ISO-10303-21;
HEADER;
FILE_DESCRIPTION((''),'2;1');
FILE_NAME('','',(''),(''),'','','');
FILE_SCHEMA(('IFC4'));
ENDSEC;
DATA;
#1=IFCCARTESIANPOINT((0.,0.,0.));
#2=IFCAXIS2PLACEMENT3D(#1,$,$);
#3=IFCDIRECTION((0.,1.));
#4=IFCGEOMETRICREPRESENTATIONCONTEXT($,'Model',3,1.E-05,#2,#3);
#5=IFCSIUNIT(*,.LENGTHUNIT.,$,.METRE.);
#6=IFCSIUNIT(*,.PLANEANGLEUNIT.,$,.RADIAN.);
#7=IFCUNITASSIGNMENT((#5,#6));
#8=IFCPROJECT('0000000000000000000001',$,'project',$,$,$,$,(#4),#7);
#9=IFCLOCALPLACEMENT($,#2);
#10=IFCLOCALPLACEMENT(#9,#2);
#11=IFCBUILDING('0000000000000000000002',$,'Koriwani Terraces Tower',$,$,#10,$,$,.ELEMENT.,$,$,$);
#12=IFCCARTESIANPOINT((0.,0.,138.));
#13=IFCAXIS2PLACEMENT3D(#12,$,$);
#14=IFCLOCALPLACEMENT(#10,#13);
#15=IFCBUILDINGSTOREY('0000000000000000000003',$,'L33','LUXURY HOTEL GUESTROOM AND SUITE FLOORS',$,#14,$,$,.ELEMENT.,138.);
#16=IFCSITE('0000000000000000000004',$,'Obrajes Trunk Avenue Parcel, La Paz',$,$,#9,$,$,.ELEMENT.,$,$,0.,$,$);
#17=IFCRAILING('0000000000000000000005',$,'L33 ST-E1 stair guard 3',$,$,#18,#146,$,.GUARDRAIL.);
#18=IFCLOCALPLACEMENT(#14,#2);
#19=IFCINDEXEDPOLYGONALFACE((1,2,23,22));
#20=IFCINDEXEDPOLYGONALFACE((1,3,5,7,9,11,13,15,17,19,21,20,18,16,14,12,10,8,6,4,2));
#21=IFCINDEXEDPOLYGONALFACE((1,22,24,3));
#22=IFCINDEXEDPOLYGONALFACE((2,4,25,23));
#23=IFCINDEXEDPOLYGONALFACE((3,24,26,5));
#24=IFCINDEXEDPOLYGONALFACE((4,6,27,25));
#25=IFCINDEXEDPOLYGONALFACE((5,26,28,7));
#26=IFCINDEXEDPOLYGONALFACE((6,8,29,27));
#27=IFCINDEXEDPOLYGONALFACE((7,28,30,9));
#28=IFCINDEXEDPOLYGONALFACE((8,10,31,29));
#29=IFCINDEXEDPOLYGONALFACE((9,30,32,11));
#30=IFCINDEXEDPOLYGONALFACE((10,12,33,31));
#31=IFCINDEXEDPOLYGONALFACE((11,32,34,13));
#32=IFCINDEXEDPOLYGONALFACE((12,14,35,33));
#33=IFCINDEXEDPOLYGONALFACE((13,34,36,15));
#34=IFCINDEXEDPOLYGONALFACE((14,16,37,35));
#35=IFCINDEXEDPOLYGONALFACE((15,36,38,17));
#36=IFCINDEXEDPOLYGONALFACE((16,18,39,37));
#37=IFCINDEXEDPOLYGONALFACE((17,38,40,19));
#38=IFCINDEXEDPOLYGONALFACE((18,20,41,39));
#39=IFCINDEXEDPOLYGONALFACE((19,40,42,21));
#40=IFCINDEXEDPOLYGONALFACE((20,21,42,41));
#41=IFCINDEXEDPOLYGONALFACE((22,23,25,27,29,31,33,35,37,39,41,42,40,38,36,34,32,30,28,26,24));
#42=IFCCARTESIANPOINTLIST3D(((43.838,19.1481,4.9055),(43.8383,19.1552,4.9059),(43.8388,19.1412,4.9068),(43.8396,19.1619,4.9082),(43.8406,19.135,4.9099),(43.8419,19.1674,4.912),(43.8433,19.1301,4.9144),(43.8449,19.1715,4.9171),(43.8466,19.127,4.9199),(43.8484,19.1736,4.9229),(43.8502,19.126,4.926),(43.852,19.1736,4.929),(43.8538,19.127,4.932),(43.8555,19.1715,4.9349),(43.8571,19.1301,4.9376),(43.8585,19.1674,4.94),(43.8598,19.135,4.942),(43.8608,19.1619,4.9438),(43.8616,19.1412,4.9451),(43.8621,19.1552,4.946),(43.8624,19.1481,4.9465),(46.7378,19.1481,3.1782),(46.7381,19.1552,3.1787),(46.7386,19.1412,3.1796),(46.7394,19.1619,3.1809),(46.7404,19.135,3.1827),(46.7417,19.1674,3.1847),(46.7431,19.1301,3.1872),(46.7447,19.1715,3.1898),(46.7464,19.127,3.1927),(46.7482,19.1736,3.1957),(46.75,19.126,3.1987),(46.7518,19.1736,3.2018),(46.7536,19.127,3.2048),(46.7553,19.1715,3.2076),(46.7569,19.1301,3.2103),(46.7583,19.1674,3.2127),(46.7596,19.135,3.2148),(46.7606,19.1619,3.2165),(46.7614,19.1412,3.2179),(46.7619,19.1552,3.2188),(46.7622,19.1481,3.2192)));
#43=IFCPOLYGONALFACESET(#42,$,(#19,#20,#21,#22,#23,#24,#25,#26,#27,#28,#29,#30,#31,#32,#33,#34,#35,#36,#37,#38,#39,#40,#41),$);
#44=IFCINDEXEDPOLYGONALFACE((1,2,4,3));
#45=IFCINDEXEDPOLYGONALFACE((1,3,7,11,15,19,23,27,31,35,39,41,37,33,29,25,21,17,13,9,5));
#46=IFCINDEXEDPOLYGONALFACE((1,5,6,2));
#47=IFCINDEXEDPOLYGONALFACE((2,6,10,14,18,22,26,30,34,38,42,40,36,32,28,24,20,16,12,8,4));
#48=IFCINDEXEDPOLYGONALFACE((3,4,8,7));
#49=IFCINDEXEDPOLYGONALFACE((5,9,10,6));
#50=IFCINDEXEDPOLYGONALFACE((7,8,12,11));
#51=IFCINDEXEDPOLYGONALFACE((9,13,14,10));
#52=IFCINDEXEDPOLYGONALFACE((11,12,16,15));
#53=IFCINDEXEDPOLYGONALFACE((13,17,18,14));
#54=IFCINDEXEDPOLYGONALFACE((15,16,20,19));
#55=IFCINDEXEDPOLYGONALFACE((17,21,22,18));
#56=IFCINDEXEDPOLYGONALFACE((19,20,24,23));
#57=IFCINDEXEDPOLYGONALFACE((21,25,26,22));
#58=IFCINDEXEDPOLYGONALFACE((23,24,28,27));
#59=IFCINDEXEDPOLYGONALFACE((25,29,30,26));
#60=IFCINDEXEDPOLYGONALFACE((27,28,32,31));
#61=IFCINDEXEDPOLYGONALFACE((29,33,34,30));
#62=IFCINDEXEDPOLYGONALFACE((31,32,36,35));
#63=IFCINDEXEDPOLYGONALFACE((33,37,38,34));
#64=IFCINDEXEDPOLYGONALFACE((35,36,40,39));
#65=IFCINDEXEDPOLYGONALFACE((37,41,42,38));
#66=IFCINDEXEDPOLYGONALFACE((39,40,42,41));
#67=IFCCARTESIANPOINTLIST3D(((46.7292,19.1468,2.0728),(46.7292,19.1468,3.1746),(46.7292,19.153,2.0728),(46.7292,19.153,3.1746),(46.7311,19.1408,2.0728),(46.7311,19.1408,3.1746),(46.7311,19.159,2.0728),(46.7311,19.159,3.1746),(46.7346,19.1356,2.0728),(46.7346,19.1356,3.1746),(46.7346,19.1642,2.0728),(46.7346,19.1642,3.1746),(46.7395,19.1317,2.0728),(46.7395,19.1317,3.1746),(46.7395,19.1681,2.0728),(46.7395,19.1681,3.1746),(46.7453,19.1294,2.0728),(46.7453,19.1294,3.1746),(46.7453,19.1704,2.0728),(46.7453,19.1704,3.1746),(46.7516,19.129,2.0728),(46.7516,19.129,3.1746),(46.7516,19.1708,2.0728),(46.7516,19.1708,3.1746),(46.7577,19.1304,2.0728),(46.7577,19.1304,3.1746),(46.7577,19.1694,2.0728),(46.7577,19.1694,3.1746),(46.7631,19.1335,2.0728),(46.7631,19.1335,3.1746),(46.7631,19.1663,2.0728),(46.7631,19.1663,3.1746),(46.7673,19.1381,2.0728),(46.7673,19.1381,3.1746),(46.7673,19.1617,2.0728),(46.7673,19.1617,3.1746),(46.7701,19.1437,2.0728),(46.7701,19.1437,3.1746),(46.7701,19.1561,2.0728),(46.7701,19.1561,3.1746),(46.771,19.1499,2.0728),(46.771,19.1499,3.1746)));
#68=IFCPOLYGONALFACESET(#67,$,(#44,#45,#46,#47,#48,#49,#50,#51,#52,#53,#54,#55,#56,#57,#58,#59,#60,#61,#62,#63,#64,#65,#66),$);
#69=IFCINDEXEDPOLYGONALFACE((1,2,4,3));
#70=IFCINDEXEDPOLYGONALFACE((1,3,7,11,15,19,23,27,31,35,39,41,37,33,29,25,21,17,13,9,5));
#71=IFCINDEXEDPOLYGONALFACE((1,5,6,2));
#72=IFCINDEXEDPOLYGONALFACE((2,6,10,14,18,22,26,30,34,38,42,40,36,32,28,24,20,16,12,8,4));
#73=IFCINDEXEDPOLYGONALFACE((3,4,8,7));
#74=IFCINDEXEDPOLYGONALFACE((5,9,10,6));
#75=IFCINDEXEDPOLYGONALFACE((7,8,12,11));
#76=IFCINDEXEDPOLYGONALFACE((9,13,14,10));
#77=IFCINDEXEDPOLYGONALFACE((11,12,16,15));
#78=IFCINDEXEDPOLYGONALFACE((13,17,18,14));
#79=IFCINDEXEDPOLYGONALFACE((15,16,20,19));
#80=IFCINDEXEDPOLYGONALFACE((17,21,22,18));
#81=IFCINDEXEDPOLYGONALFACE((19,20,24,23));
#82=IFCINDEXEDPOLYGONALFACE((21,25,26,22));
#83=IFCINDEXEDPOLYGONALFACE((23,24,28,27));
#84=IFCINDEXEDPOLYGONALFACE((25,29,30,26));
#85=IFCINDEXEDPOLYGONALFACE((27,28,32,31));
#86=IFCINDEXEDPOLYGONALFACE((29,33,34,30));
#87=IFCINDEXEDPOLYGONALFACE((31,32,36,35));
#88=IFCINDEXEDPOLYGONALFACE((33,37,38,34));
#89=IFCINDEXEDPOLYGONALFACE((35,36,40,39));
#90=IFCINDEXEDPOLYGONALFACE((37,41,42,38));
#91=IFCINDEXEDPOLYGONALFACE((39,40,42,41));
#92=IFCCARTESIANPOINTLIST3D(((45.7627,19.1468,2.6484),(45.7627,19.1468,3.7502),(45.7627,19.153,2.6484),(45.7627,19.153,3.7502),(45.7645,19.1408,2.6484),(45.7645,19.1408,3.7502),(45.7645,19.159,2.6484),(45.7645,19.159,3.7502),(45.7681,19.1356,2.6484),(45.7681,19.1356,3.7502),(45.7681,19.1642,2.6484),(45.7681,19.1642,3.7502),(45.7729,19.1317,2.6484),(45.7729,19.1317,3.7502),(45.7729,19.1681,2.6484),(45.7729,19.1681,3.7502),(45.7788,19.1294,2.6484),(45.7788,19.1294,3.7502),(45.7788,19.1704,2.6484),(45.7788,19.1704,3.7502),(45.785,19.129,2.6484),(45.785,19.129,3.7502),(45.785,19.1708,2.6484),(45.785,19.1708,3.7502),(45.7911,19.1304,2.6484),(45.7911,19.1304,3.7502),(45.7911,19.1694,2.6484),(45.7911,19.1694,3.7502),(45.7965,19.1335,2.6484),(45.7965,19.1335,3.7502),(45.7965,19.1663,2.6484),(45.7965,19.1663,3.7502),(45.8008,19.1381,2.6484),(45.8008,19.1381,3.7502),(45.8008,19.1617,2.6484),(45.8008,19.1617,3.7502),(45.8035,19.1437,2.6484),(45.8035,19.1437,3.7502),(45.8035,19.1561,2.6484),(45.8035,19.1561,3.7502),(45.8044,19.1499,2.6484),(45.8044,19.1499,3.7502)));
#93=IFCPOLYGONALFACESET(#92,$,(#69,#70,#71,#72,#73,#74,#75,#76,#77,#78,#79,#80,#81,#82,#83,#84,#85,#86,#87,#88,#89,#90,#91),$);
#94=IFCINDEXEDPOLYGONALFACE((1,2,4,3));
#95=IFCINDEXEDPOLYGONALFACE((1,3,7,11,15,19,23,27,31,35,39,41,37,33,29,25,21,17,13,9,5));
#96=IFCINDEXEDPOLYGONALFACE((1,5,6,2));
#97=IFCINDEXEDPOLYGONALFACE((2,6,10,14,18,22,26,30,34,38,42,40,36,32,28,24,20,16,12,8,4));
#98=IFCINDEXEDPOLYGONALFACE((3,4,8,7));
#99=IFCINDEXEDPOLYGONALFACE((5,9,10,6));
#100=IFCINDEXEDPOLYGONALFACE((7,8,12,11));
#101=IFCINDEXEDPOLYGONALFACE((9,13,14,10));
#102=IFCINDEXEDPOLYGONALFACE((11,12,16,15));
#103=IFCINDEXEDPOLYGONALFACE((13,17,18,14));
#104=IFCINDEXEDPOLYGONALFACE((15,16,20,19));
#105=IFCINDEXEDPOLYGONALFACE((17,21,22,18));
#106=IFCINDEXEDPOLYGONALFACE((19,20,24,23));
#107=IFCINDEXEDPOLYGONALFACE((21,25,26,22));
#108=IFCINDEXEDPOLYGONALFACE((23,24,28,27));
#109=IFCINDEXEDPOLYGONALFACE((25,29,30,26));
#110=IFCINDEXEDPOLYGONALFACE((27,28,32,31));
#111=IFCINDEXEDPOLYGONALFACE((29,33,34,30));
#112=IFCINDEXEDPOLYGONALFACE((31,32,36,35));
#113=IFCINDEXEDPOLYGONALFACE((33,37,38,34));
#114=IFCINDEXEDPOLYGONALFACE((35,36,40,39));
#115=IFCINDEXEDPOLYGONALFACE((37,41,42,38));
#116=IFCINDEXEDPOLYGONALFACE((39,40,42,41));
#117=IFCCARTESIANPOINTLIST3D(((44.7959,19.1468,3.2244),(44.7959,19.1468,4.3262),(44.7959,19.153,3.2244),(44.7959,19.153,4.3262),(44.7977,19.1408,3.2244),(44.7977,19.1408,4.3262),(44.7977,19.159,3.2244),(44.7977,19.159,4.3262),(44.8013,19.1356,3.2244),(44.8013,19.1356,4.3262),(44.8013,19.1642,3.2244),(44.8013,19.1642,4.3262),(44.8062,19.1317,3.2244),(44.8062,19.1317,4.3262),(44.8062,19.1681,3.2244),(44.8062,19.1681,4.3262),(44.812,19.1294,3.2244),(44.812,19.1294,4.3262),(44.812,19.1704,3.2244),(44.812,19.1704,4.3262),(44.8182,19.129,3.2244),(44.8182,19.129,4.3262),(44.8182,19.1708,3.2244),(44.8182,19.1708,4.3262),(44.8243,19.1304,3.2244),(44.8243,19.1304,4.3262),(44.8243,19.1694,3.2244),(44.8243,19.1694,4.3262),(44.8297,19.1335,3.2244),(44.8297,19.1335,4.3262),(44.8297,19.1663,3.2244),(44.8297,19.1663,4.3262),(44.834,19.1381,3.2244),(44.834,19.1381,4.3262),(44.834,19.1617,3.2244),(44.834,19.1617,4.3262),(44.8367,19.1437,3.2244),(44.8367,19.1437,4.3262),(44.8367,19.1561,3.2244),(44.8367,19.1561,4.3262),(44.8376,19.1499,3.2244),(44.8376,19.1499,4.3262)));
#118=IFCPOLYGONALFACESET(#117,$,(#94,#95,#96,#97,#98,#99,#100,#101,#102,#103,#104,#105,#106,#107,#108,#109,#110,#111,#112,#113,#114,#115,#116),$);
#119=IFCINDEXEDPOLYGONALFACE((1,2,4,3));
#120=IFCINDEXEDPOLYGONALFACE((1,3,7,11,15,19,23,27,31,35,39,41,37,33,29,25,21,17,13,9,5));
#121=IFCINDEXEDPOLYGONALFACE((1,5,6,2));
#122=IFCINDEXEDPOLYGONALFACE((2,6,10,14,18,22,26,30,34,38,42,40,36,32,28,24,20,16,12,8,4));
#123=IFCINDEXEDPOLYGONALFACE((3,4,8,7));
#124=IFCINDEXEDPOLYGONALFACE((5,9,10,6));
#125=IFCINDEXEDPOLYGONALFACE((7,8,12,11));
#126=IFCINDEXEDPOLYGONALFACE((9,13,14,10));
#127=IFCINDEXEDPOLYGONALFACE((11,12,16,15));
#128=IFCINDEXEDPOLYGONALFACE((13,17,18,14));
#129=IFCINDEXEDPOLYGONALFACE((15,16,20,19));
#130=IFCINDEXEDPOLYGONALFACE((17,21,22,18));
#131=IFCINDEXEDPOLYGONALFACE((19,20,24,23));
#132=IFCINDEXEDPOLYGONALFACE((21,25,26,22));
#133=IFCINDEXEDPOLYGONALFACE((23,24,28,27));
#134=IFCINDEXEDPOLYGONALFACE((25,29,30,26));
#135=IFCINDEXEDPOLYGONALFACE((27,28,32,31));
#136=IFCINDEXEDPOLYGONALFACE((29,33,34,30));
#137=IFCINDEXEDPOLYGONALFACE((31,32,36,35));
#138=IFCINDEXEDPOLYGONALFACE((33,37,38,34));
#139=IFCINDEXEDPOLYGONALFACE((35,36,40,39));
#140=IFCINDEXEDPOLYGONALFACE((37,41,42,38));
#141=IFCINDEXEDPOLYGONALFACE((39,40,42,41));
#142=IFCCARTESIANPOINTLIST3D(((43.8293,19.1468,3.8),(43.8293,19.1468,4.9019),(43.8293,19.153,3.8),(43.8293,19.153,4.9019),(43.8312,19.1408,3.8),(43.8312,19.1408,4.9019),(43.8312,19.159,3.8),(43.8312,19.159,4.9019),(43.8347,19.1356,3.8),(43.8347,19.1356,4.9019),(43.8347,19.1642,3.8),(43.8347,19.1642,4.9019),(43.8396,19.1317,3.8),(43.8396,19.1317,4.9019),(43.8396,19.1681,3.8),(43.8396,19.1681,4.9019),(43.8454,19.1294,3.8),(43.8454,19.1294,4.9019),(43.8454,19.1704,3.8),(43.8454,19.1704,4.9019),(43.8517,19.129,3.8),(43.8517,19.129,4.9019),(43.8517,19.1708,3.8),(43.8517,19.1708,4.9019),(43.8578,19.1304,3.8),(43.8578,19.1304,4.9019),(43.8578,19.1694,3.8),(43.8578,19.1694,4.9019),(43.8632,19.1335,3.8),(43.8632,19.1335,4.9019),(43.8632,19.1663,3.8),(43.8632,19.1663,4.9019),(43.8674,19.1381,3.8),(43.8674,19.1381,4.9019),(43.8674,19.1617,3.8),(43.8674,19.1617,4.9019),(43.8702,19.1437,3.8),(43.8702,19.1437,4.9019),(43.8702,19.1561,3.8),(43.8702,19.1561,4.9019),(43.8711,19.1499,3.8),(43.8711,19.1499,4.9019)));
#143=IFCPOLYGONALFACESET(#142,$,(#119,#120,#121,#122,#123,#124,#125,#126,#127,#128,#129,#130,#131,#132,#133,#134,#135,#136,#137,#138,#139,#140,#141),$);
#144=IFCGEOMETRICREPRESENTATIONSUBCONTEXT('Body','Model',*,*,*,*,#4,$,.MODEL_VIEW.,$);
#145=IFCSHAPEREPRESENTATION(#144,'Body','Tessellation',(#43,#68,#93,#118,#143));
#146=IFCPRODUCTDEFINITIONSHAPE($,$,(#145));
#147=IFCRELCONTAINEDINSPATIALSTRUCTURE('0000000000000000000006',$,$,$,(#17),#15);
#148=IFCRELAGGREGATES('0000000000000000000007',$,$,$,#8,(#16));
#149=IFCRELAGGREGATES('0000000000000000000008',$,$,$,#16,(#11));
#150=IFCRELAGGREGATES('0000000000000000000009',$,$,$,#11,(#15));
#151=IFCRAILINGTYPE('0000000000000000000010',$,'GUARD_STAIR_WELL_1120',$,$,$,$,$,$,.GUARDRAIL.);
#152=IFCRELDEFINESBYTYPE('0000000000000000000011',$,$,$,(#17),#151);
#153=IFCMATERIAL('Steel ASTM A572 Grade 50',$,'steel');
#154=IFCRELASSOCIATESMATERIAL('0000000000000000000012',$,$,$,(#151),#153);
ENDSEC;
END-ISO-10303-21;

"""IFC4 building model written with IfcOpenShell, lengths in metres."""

from ifc_helpers import new_model, si_unit, direction, frame, origin, origin_2d, place, context, subcontext, project, spatial, circle, extrude, material, type_object, element, save


model = new_model("IFC4")

# Units and contexts
model_context = context("Model", 3, precision=1e-05, world=origin(), true_north=direction((0.0, 1.0)))
body_context = subcontext(model_context, "Body", "Model", "MODEL_VIEW")
ifc_project = project(units=[si_unit("LENGTHUNIT", "METRE"), si_unit("PLANEANGLEUNIT", "RADIAN")], contexts=[model_context])

# Site, building, storey
site_placement = place(None, origin())
site = spatial("IfcSite", under=ifc_project, at=site_placement, Name="Obrajes Trunk Avenue Parcel, La Paz", CompositionType="ELEMENT", RefElevation=0.0)
building_placement = place(site_placement, origin())
building = spatial("IfcBuilding", under=site, at=building_placement, Name="Koriwani Terraces Tower", CompositionType="ELEMENT")
storey_placement = place(building_placement, frame((0.0, 0.0, 138.0)))
storey = spatial("IfcBuildingStorey", under=building, at=storey_placement, Name="L33", Description="LUXURY HOTEL GUESTROOM AND SUITE FLOORS", CompositionType="ELEMENT", Elevation=138.0)

# Shared definitions
ifc_material_1 = material(Name="Steel ASTM A572 Grade 50", Category="steel")

# Railing
railing_type_1 = type_object("IfcRailingType", Name="GUARD_STAIR_WELL_1120", PredefinedType="GUARDRAIL", material=ifc_material_1)
railing_1_placement = place(storey_placement, frame((46.75, 19.1499, 2.0728)))
element("IfcRailing", 1, at=railing_1_placement, inside=storey, type_object=railing_type_1, Name="L33 ST-E1 stair guard 3", PredefinedType="GUARDRAIL", context=body_context, shape_type="SweptSolid", body=[
    extrude(circle(Radius=0.0239, at=origin_2d()), frame((0.0, 0.0, 1.126), z_axis=(-0.859141, 0.0, 0.511738), x_axis=(0.0, -1.0, 0.0)), (0.0, 0.0, 1.0), 3.3752),
    extrude(circle(Radius=0.021, at=origin_2d()), origin(), (0.0, 0.0, 1.0), 1.1018),
    extrude(circle(Radius=0.021, at=origin_2d()), frame((-0.9666, 0.0, 0.5757)), (0.0, 0.0, 1.0), 1.1018),
    extrude(circle(Radius=0.021, at=origin_2d()), frame((-1.9333, 0.0, 1.1516)), (0.0, 0.0, 1.0), 1.1018),
    extrude(circle(Radius=0.021, at=origin_2d()), frame((-2.8999, 0.0, 1.7273)), (0.0, 0.0, 1.0), 1.1018),
])

save(model, "model.ifc")
